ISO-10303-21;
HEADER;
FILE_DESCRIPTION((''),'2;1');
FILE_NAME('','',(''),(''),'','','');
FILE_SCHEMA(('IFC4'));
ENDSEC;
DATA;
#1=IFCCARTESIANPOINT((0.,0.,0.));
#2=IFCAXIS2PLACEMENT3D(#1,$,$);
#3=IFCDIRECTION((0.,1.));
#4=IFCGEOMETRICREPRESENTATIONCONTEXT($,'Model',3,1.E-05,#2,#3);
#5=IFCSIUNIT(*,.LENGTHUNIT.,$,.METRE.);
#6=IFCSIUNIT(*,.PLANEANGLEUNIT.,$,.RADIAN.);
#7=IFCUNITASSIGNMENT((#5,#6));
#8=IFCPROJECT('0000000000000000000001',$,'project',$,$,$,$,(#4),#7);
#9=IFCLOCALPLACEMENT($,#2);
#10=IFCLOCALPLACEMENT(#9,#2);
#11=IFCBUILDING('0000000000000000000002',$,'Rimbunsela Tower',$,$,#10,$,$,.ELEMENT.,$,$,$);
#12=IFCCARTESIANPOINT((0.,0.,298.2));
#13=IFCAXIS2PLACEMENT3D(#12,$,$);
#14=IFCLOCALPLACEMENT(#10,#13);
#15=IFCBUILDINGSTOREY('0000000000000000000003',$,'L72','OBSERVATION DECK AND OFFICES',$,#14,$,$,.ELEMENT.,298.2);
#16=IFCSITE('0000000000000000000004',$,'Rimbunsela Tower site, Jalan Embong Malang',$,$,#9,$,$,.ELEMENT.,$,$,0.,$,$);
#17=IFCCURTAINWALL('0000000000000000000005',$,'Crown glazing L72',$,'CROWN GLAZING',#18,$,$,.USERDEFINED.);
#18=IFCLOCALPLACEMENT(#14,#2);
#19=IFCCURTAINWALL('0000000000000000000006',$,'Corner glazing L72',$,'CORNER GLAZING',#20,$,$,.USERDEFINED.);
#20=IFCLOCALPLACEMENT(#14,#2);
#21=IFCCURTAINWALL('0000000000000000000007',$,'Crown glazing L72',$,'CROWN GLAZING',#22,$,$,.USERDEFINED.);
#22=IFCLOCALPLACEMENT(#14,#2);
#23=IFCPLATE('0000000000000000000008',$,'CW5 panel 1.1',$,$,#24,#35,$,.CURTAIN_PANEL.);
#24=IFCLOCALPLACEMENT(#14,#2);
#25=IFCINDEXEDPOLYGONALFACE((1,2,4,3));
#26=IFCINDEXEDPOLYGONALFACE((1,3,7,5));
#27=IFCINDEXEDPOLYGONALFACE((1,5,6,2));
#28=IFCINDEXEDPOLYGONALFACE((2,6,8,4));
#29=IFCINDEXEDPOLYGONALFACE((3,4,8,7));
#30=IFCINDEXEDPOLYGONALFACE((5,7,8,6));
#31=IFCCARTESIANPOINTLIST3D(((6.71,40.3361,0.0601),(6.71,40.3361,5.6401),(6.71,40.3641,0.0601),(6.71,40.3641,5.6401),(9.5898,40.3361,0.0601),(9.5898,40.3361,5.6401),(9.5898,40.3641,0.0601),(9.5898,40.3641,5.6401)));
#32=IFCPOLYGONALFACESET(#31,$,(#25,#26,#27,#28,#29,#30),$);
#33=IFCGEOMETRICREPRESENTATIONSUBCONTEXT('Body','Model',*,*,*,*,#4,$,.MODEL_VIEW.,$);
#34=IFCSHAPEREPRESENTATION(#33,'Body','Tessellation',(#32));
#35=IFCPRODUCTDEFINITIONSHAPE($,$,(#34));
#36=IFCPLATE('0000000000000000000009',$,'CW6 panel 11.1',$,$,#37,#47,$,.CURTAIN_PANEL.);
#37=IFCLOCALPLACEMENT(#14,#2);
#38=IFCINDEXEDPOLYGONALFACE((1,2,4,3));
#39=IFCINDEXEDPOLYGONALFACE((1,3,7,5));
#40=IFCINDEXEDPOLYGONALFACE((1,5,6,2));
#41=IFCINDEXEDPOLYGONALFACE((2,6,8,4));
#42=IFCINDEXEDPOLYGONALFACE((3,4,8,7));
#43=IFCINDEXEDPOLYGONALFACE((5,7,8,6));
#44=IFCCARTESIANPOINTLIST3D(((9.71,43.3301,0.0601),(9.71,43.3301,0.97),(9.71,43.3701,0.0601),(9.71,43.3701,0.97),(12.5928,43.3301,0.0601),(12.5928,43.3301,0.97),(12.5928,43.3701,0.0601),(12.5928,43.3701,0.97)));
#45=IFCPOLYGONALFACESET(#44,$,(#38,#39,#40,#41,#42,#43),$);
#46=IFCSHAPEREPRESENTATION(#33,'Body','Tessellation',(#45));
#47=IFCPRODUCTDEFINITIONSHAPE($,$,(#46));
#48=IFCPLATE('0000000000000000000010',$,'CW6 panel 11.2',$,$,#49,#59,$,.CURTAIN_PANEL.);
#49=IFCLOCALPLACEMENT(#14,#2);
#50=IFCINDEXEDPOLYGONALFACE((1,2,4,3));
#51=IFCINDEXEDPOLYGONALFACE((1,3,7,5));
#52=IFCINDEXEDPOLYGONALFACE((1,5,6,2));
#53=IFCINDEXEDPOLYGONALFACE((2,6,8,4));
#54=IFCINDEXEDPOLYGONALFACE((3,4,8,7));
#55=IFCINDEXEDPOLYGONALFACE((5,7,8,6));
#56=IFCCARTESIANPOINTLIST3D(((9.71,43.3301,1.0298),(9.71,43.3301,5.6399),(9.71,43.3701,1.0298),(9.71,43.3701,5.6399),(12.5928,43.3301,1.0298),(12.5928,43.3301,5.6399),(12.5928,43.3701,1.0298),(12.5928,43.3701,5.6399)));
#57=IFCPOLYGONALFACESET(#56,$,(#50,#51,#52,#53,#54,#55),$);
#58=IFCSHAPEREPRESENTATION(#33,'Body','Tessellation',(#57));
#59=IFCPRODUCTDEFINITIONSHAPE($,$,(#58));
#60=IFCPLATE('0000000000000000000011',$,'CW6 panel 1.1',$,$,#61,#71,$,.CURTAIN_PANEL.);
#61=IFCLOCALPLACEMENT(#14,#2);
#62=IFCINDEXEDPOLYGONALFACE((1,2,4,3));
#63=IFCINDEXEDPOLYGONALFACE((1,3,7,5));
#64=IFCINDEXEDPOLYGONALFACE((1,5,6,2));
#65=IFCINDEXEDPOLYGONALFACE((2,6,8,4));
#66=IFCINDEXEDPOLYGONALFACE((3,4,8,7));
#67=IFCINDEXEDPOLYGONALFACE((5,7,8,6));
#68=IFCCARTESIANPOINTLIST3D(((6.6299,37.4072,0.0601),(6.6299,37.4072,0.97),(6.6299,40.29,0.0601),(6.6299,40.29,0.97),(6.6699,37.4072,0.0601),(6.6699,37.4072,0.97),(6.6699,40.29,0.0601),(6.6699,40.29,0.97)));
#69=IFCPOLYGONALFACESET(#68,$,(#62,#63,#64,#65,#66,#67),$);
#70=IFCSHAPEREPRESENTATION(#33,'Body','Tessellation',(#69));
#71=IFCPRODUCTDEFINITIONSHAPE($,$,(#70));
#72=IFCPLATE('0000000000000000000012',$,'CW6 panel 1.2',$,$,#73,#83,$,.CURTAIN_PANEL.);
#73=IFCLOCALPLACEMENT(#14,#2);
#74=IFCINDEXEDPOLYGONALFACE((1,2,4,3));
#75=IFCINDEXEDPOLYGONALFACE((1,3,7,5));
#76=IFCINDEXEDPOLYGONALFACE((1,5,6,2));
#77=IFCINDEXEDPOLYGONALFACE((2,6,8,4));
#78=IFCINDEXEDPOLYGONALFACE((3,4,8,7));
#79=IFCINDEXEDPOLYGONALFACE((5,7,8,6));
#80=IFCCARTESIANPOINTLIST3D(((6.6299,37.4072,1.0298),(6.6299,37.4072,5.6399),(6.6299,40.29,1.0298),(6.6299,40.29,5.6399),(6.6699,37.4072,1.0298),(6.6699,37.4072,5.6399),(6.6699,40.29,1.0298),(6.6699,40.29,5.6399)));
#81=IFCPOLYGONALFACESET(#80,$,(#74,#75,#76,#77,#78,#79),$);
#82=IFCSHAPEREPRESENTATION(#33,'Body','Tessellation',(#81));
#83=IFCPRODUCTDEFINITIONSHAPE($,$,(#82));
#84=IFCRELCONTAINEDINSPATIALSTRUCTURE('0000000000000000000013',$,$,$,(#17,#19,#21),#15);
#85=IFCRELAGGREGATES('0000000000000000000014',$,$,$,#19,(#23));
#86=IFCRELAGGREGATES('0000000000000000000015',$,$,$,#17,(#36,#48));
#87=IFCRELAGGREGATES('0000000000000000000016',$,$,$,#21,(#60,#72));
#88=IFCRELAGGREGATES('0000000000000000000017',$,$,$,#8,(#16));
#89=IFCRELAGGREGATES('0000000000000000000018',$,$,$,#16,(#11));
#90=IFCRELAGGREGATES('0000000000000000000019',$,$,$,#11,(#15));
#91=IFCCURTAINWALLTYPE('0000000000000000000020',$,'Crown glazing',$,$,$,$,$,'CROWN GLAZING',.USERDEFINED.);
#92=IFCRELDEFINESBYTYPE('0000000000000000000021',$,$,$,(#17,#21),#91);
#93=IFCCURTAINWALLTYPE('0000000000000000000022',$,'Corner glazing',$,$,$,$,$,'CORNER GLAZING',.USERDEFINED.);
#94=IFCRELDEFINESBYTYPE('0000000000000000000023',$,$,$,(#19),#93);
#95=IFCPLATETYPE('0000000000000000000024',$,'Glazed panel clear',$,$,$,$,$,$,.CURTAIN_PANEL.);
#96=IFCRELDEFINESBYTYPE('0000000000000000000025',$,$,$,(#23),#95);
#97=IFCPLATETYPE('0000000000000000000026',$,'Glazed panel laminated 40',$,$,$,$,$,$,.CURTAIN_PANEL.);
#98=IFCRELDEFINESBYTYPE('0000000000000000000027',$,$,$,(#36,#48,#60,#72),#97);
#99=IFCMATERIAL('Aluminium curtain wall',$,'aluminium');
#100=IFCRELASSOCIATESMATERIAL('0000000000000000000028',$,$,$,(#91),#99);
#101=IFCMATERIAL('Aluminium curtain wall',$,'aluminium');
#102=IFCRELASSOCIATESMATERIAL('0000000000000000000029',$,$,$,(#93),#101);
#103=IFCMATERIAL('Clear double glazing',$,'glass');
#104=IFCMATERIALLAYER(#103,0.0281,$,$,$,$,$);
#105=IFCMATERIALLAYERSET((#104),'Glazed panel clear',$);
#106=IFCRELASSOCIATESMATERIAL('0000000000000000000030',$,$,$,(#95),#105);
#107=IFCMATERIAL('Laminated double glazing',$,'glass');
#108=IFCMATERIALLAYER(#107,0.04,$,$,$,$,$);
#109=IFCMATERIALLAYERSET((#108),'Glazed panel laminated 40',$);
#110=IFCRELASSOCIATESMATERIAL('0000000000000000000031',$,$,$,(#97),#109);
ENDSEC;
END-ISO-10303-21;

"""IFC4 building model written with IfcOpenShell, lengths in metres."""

from ifc_helpers import new_model, si_unit, direction, frame, origin, origin_2d, place, context, subcontext, project, spatial, rectangle, extrude, material, layer, layer_set, type_object, element, aggregate, save


model = new_model("IFC4")

# Units and contexts
model_context = context("Model", 3, precision=1e-05, world=origin(), true_north=direction((0.0, 1.0)))
body_context = subcontext(model_context, "Body", "Model", "MODEL_VIEW")
ifc_project = project(units=[si_unit("LENGTHUNIT", "METRE"), si_unit("PLANEANGLEUNIT", "RADIAN")], contexts=[model_context])

# Site, building, storey
site_placement = place(None, origin())
site = spatial("IfcSite", under=ifc_project, at=site_placement, Name="Rimbunsela Tower site, Jalan Embong Malang", CompositionType="ELEMENT", RefElevation=0.0)
building_placement = place(site_placement, origin())
building = spatial("IfcBuilding", under=site, at=building_placement, Name="Rimbunsela Tower", CompositionType="ELEMENT")
storey_placement = place(building_placement, frame((0.0, 0.0, 298.2)))
storey = spatial("IfcBuildingStorey", under=building, at=storey_placement, Name="L72", Description="OBSERVATION DECK AND OFFICES", CompositionType="ELEMENT", Elevation=298.2)

# Curtain walls
ifc_material_1 = material(Name="Aluminium curtain wall", Category="aluminium")
curtain_wall_type_1 = type_object("IfcCurtainWallType", Name="Crown glazing", ElementType="CROWN GLAZING", PredefinedType="USERDEFINED", material=ifc_material_1)
curtain_wall_1_placement = place(storey_placement, origin())
curtain_wall_1 = element("IfcCurtainWall", 1, at=curtain_wall_1_placement, inside=storey, type_object=curtain_wall_type_1, Name="Crown glazing L72", ObjectType="CROWN GLAZING", PredefinedType="USERDEFINED")
ifc_material_2 = material(Name="Aluminium curtain wall", Category="aluminium")
curtain_wall_type_2 = type_object("IfcCurtainWallType", Name="Corner glazing", ElementType="CORNER GLAZING", PredefinedType="USERDEFINED", material=ifc_material_2)
curtain_wall_2_placement = place(storey_placement, origin())
curtain_wall_2 = element("IfcCurtainWall", 2, at=curtain_wall_2_placement, inside=storey, type_object=curtain_wall_type_2, Name="Corner glazing L72", ObjectType="CORNER GLAZING", PredefinedType="USERDEFINED")
curtain_wall_3_placement = place(storey_placement, origin())
curtain_wall_3 = element("IfcCurtainWall", 3, at=curtain_wall_3_placement, inside=storey, type_object=curtain_wall_type_1, Name="Crown glazing L72", ObjectType="CROWN GLAZING", PredefinedType="USERDEFINED")

# Plates
ifc_material_3 = material(Name="Clear double glazing", Category="glass")
ifc_layer_1 = layer(ifc_material_3, 0.0281)
ifc_layer_set_1 = layer_set([ifc_layer_1], Name="Glazed panel clear")
plate_type_1 = type_object("IfcPlateType", Name="Glazed panel clear", PredefinedType="CURTAIN_PANEL", material=ifc_layer_set_1)
plate_1_placement = place(storey_placement, frame((8.1499, 40.3501, 0.0601), z_axis=(0.0, 0.0, 1.0), x_axis=(-1.0, 0.0, 0.0)))
plate_1 = element("IfcPlate", 4, at=plate_1_placement, type_object=plate_type_1, Name="CW5 panel 1.1", PredefinedType="CURTAIN_PANEL", context=body_context, shape_type="SweptSolid", body=[
    extrude(rectangle(XDim=2.8799, YDim=0.0281, at=origin_2d()), origin(), (0.0, 0.0, 1.0), 5.5801),
])
aggregate(curtain_wall_2, [plate_1])
ifc_material_4 = material(Name="Laminated double glazing", Category="glass")
ifc_layer_2 = layer(ifc_material_4, 0.04)
ifc_layer_set_2 = layer_set([ifc_layer_2], Name="Glazed panel laminated 40")
plate_type_2 = type_object("IfcPlateType", Name="Glazed panel laminated 40", PredefinedType="CURTAIN_PANEL", material=ifc_layer_set_2)
plate_2_placement = place(storey_placement, frame((11.1514, 43.3501, 0.0601), z_axis=(0.0, 0.0, 1.0), x_axis=(-1.0, 0.0, 0.0)))
plate_2 = element("IfcPlate", 5, at=plate_2_placement, type_object=plate_type_2, Name="CW6 panel 11.1", PredefinedType="CURTAIN_PANEL", context=body_context, shape_type="SweptSolid", body=[
    extrude(rectangle(XDim=2.8828, YDim=0.04, at=origin_2d()), origin(), (0.0, 0.0, 1.0), 0.9099),
])
plate_3_placement = place(storey_placement, frame((11.1514, 43.3501, 1.0298), z_axis=(0.0, 0.0, 1.0), x_axis=(-1.0, 0.0, 0.0)))
plate_3 = element("IfcPlate", 6, at=plate_3_placement, type_object=plate_type_2, Name="CW6 panel 11.2", PredefinedType="CURTAIN_PANEL", context=body_context, shape_type="SweptSolid", body=[
    extrude(rectangle(XDim=2.8828, YDim=0.04, at=origin_2d()), origin(), (0.0, 0.0, 1.0), 4.6101),
])
aggregate(curtain_wall_1, [plate_2, plate_3])
plate_4_placement = place(storey_placement, frame((6.6499, 38.8486, 0.0601), z_axis=(0.0, 0.0, 1.0), x_axis=(0.0, -1.0, 0.0)))
plate_4 = element("IfcPlate", 7, at=plate_4_placement, type_object=plate_type_2, Name="CW6 panel 1.1", PredefinedType="CURTAIN_PANEL", context=body_context, shape_type="SweptSolid", body=[
    extrude(rectangle(XDim=2.8828, YDim=0.04, at=origin_2d()), origin(), (0.0, 0.0, 1.0), 0.9099),
])
plate_5_placement = place(storey_placement, frame((6.6499, 38.8486, 1.0298), z_axis=(0.0, 0.0, 1.0), x_axis=(0.0, -1.0, 0.0)))
plate_5 = element("IfcPlate", 8, at=plate_5_placement, type_object=plate_type_2, Name="CW6 panel 1.2", PredefinedType="CURTAIN_PANEL", context=body_context, shape_type="SweptSolid", body=[
    extrude(rectangle(XDim=2.8828, YDim=0.04, at=origin_2d()), origin(), (0.0, 0.0, 1.0), 4.6101),
])
aggregate(curtain_wall_3, [plate_4, plate_5])

save(model, "model.ifc")
